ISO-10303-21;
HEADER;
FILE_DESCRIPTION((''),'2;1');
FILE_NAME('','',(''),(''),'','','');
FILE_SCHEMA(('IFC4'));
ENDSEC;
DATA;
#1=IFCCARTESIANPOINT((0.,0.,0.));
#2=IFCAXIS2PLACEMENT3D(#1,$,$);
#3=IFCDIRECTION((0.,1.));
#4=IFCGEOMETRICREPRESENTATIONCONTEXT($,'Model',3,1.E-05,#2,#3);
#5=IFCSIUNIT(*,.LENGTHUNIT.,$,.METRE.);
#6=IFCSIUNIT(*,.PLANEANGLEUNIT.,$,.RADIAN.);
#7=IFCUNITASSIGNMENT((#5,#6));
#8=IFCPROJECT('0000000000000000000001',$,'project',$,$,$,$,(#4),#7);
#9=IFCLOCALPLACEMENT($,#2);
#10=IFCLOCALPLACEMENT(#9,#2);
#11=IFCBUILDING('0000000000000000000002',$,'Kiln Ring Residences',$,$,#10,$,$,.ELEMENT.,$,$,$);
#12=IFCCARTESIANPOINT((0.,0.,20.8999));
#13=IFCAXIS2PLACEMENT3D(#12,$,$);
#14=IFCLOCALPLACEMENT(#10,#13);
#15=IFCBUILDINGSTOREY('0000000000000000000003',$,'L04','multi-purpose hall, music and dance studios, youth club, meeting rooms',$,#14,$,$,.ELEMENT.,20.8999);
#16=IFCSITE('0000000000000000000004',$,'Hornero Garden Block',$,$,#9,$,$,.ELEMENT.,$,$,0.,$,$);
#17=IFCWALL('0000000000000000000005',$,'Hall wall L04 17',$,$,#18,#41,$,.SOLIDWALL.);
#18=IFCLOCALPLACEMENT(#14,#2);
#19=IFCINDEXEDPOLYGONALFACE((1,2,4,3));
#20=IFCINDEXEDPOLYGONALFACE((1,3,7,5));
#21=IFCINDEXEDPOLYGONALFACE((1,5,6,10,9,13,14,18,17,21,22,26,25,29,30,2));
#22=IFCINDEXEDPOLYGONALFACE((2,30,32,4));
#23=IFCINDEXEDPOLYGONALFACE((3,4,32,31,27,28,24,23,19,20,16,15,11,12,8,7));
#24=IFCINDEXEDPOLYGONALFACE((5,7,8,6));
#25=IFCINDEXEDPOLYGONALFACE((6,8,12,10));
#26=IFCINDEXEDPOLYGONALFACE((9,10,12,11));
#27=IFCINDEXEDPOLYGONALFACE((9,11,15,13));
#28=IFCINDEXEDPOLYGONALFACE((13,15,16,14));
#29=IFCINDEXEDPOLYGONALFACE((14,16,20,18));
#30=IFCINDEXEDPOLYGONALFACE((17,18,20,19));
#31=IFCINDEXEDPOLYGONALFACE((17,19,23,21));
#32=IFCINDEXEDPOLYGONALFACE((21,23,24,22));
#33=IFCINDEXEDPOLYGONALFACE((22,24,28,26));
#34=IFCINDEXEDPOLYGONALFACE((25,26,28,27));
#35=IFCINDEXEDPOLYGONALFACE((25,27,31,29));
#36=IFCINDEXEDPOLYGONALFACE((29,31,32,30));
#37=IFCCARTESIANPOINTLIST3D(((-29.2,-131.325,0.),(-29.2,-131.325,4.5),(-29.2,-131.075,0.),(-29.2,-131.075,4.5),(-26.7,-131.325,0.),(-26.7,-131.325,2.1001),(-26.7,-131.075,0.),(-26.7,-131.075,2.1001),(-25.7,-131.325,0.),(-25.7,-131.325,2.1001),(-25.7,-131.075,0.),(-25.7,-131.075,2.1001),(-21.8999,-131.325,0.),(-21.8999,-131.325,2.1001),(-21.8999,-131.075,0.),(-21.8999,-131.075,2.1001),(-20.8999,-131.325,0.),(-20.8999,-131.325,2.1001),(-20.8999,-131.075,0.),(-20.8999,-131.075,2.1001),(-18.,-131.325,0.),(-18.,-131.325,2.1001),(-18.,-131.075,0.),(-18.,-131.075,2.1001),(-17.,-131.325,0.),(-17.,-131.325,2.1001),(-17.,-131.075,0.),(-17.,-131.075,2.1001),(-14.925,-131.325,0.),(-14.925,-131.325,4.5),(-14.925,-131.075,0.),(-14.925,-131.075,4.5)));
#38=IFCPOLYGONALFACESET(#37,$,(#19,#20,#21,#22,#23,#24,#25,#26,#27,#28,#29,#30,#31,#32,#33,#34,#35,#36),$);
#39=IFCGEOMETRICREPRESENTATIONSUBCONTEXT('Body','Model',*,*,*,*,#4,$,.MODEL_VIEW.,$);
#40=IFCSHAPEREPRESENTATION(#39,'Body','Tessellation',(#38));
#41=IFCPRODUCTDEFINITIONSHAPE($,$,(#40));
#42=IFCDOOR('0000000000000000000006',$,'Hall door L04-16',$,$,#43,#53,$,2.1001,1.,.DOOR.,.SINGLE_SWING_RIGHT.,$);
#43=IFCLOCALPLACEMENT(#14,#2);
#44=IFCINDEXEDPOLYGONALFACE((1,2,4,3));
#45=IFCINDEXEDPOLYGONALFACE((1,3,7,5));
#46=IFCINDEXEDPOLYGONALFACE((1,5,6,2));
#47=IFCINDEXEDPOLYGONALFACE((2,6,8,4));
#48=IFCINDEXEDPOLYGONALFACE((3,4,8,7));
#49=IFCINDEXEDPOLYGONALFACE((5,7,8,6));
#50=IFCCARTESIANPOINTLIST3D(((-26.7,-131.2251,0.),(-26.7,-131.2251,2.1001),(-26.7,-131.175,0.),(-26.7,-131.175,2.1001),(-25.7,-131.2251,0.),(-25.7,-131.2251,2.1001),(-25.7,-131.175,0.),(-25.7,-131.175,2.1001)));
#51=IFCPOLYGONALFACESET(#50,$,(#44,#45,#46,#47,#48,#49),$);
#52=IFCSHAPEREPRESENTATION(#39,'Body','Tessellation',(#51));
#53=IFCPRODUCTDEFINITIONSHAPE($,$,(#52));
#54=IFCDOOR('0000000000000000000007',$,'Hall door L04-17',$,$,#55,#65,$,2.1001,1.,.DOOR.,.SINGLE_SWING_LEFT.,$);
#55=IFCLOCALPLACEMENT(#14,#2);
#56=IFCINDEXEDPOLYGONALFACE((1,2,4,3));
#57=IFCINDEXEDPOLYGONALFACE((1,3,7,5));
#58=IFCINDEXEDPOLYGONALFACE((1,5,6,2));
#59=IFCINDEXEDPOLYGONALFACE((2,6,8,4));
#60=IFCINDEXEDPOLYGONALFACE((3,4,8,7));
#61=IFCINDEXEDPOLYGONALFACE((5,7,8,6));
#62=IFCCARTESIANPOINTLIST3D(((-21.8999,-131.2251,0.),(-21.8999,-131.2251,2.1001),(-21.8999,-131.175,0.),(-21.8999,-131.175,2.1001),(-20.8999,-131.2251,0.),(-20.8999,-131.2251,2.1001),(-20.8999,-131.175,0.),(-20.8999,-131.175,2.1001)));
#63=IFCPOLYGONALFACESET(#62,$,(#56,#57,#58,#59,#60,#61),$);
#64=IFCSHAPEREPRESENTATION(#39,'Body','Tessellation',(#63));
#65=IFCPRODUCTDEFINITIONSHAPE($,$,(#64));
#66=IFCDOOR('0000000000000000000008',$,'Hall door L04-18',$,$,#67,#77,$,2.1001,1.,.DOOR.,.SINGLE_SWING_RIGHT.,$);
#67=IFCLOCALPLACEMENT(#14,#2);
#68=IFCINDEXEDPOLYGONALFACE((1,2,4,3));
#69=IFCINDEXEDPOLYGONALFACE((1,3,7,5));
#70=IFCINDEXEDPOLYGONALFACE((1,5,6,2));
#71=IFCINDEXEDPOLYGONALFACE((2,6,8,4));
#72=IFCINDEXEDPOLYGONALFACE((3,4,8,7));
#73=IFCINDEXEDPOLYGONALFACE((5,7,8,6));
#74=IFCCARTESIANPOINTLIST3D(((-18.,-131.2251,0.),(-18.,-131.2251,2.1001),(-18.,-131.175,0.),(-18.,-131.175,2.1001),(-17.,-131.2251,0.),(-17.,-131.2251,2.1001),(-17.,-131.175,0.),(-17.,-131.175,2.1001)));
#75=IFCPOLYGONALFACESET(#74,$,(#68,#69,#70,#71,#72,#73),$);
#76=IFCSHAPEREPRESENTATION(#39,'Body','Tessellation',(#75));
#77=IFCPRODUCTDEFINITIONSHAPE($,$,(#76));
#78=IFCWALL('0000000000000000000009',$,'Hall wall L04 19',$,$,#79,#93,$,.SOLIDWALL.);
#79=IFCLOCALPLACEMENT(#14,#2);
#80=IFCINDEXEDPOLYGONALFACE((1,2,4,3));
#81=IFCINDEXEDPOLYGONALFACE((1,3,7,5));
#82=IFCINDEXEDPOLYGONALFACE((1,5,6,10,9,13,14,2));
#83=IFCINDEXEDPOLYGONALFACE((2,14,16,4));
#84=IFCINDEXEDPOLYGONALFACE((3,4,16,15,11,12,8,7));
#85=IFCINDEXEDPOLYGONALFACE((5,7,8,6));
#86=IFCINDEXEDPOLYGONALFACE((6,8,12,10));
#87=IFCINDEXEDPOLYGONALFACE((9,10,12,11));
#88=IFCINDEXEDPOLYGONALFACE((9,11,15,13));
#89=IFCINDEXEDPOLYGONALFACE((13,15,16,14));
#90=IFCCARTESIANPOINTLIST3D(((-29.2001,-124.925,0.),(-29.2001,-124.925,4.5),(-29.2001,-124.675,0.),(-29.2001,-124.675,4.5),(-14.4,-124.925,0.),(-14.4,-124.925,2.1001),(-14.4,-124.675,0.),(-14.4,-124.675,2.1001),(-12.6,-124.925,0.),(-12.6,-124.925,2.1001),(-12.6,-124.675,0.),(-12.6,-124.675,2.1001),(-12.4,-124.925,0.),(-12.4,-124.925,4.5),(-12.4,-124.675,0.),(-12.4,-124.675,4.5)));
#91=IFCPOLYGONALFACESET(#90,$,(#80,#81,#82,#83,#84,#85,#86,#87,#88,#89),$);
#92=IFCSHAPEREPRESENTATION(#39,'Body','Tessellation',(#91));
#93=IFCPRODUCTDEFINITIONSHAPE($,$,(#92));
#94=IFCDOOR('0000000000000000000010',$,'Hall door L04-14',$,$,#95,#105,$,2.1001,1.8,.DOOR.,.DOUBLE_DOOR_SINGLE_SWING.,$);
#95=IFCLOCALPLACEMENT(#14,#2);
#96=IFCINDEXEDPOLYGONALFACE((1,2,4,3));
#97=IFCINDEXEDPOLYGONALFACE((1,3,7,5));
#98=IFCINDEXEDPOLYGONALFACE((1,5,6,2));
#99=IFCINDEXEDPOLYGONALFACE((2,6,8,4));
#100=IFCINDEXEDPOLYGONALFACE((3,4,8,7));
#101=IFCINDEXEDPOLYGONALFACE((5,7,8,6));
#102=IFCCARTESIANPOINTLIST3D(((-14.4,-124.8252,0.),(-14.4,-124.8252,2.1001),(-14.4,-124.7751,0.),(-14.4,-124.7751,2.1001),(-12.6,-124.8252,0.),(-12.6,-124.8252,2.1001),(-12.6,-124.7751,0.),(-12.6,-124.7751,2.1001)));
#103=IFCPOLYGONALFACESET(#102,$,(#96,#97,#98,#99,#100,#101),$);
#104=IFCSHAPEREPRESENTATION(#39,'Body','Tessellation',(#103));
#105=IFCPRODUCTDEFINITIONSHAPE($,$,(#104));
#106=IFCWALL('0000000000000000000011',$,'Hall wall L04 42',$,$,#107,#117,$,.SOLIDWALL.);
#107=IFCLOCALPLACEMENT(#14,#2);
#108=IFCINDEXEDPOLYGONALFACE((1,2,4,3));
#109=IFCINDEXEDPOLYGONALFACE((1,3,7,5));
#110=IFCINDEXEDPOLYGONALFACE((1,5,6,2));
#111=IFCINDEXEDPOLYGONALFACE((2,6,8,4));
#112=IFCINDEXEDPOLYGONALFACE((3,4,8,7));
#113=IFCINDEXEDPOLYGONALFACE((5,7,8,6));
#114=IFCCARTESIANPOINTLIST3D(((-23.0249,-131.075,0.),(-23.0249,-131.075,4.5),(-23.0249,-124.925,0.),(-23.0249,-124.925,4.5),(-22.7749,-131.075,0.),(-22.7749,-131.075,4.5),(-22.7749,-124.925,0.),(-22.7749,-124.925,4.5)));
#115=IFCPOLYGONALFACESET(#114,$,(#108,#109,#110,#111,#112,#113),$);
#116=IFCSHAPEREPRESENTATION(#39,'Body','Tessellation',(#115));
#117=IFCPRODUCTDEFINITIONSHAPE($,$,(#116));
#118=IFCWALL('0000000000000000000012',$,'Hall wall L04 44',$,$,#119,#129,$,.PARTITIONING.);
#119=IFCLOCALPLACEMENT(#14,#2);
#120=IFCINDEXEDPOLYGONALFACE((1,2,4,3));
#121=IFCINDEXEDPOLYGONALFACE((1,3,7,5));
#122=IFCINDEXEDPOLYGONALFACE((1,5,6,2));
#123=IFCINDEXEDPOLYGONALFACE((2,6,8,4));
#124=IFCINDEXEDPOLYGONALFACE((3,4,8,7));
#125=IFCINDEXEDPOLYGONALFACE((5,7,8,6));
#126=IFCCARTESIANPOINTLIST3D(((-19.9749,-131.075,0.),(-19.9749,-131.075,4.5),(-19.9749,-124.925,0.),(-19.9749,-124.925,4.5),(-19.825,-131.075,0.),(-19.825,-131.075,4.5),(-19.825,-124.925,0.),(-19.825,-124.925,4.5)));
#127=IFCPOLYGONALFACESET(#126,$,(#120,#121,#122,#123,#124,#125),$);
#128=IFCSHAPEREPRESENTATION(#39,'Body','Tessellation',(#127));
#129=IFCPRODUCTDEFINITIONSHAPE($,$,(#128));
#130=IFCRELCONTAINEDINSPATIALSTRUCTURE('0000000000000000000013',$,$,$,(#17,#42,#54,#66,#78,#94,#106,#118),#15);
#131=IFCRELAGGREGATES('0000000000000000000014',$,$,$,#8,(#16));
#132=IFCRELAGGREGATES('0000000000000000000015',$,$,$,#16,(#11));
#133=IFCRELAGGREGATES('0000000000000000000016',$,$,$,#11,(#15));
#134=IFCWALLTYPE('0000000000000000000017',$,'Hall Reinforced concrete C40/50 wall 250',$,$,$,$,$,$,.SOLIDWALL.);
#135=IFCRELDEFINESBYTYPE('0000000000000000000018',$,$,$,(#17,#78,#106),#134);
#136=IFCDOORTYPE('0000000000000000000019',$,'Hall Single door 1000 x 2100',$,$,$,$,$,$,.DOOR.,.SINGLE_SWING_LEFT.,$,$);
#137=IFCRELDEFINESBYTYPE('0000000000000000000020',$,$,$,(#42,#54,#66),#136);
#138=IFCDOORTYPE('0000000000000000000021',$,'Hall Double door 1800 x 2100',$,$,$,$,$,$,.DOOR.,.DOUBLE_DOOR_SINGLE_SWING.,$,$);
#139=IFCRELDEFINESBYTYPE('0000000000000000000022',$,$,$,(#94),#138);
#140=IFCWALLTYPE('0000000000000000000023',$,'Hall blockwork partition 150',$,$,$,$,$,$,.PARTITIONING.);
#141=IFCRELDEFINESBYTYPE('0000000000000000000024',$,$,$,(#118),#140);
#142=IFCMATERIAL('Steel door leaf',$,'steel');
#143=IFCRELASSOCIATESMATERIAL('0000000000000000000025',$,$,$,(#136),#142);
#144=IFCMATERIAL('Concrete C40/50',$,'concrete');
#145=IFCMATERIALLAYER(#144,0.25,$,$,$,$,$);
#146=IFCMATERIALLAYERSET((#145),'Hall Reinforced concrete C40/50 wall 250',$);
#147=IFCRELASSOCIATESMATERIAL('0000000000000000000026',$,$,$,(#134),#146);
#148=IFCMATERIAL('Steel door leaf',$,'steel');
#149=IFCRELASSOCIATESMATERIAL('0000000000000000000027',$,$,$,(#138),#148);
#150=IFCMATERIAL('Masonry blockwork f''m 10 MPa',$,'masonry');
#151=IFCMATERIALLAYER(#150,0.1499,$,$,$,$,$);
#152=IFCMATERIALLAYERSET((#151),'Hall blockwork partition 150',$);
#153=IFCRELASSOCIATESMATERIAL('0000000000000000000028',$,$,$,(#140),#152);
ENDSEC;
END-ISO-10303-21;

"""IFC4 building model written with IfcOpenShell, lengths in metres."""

from ifc_helpers import new_model, si_unit, direction, frame, frame_2d, origin, place, context, subcontext, project, spatial, rectangle, extrude, material, layer, layer_set, type_object, element, fill, save


model = new_model("IFC4")

# Units and contexts
model_context = context("Model", 3, precision=1e-05, world=origin(), true_north=direction((0.0, 1.0)))
body_context = subcontext(model_context, "Body", "Model", "MODEL_VIEW")
ifc_project = project(units=[si_unit("LENGTHUNIT", "METRE"), si_unit("PLANEANGLEUNIT", "RADIAN")], contexts=[model_context])

# Site, building, storey
site_placement = place(None, origin())
site = spatial("IfcSite", under=ifc_project, at=site_placement, Name="Hornero Garden Block", CompositionType="ELEMENT", RefElevation=0.0)
building_placement = place(site_placement, origin())
building = spatial("IfcBuilding", under=site, at=building_placement, Name="Kiln Ring Residences", CompositionType="ELEMENT")
storey_placement = place(building_placement, frame((0.0, 0.0, 20.8999)))
storey = spatial("IfcBuildingStorey", under=building, at=storey_placement, Name="L04", Description="multi-purpose hall, music and dance studios, youth club, meeting rooms", CompositionType="ELEMENT", Elevation=20.8999)

# Shared definitions
ifc_material_1 = material(Name="Steel door leaf", Category="steel")
door_type_1 = type_object("IfcDoorType", Name="Hall Single door 1000 x 2100", OperationType="SINGLE_SWING_LEFT", PredefinedType="DOOR", material=ifc_material_1)

# Wall, openings, doors
ifc_material_2 = material(Name="Concrete C40/50", Category="concrete")
ifc_layer_1 = layer(ifc_material_2, 0.25)
ifc_layer_set_1 = layer_set([ifc_layer_1], Name="Hall Reinforced concrete C40/50 wall 250")
wall_type_1 = type_object("IfcWallType", Name="Hall Reinforced concrete C40/50 wall 250", PredefinedType="SOLIDWALL", material=ifc_layer_set_1)
wall_1_placement = place(storey_placement, frame((-29.2, -131.2, 0.0), z_axis=(0.0, 0.0, 1.0), x_axis=(1.0, 0.0, 0.0)))
wall_1 = element("IfcWall", 1, at=wall_1_placement, inside=storey, type_object=wall_type_1, Name="Hall wall L04 17", PredefinedType="SOLIDWALL", context=body_context, shape_type="SweptSolid", body=[
    extrude(rectangle(XDim=14.2749, YDim=0.25, at=frame_2d((7.1375, 0.0))), origin(), (0.0, 0.0, 1.0), 4.5),
])
opening_1_placement = place(wall_1_placement, frame((2.5, 0.0, 0.0)))
opening_1 = element("IfcOpeningElement", 2, at=opening_1_placement, cuts=wall_1, PredefinedType="OPENING", context=body_context, shape_type="SweptSolid", body=[
    extrude(rectangle(XDim=1.0, YDim=2.1001, at=frame_2d((0.5, 1.05))), frame((0.0, 0.135, 0.0), z_axis=(0.0, -1.0, 0.0), x_axis=(1.0, 0.0, 0.0)), (0.0, 0.0, 1.0), 0.27),
])
opening_2_placement = place(wall_1_placement, frame((7.3, 0.0, 0.0)))
opening_2 = element("IfcOpeningElement", 3, at=opening_2_placement, cuts=wall_1, PredefinedType="OPENING", context=body_context, shape_type="SweptSolid", body=[
    extrude(rectangle(XDim=1.0, YDim=2.1001, at=frame_2d((0.5, 1.05))), frame((0.0, 0.135, 0.0), z_axis=(0.0, -1.0, 0.0), x_axis=(1.0, 0.0, 0.0)), (0.0, 0.0, 1.0), 0.27),
])
opening_3_placement = place(wall_1_placement, frame((11.2, 0.0, 0.0)))
opening_3 = element("IfcOpeningElement", 4, at=opening_3_placement, cuts=wall_1, PredefinedType="OPENING", context=body_context, shape_type="SweptSolid", body=[
    extrude(rectangle(XDim=1.0, YDim=2.1001, at=frame_2d((0.5, 1.05))), frame((0.0, 0.135, 0.0), z_axis=(0.0, -1.0, 0.0), x_axis=(1.0, 0.0, 0.0)), (0.0, 0.0, 1.0), 0.27),
])
door_1_placement = place(opening_1_placement, origin())
door_1 = element("IfcDoor", 5, at=door_1_placement, inside=storey, type_object=door_type_1, Name="Hall door L04-16", OperationType="SINGLE_SWING_RIGHT", OverallHeight=2.1001, OverallWidth=1.0, PredefinedType="DOOR", context=body_context, shape_type="SweptSolid", body=[
    extrude(rectangle(XDim=1.0, YDim=2.1001, at=frame_2d((0.5, 1.05))), frame((0.0, 0.0249, 0.0), z_axis=(0.0, -1.0, 0.0), x_axis=(1.0, 0.0, 0.0)), (0.0, 0.0, 1.0), 0.05),
])
fill(opening_1, door_1)
door_2_placement = place(opening_2_placement, origin())
door_2 = element("IfcDoor", 6, at=door_2_placement, inside=storey, type_object=door_type_1, Name="Hall door L04-17", OperationType="SINGLE_SWING_LEFT", OverallHeight=2.1001, OverallWidth=1.0, PredefinedType="DOOR", context=body_context, shape_type="SweptSolid", body=[
    extrude(rectangle(XDim=1.0, YDim=2.1001, at=frame_2d((0.5, 1.05))), frame((0.0, 0.0249, 0.0), z_axis=(0.0, -1.0, 0.0), x_axis=(1.0, 0.0, 0.0)), (0.0, 0.0, 1.0), 0.05),
])
fill(opening_2, door_2)
door_3_placement = place(opening_3_placement, origin())
door_3 = element("IfcDoor", 7, at=door_3_placement, inside=storey, type_object=door_type_1, Name="Hall door L04-18", OperationType="SINGLE_SWING_RIGHT", OverallHeight=2.1001, OverallWidth=1.0, PredefinedType="DOOR", context=body_context, shape_type="SweptSolid", body=[
    extrude(rectangle(XDim=1.0, YDim=2.1001, at=frame_2d((0.5, 1.05))), frame((0.0, 0.0249, 0.0), z_axis=(0.0, -1.0, 0.0), x_axis=(1.0, 0.0, 0.0)), (0.0, 0.0, 1.0), 0.05),
])
fill(opening_3, door_3)

# Wall, opening, door
wall_2_placement = place(storey_placement, frame((-29.2, -124.8, 0.0), z_axis=(0.0, 0.0, 1.0), x_axis=(1.0, 0.0, 0.0)))
wall_2 = element("IfcWall", 8, at=wall_2_placement, inside=storey, type_object=wall_type_1, Name="Hall wall L04 19", PredefinedType="SOLIDWALL", context=body_context, shape_type="SweptSolid", body=[
    extrude(rectangle(XDim=16.8, YDim=0.25, at=frame_2d((8.3999, 0.0))), origin(), (0.0, 0.0, 1.0), 4.5),
])
opening_4_placement = place(wall_2_placement, frame((14.8, 0.0, 0.0)))
opening_4 = element("IfcOpeningElement", 9, at=opening_4_placement, cuts=wall_2, PredefinedType="OPENING", context=body_context, shape_type="SweptSolid", body=[
    extrude(rectangle(XDim=1.8, YDim=2.1001, at=frame_2d((0.8999, 1.05))), frame((0.0, 0.135, 0.0), z_axis=(0.0, -1.0, 0.0), x_axis=(1.0, 0.0, 0.0)), (0.0, 0.0, 1.0), 0.27),
])
ifc_material_3 = material(Name="Steel door leaf", Category="steel")
door_type_2 = type_object("IfcDoorType", Name="Hall Double door 1800 x 2100", OperationType="DOUBLE_DOOR_SINGLE_SWING", PredefinedType="DOOR", material=ifc_material_3)
door_4_placement = place(opening_4_placement, origin())
door_4 = element("IfcDoor", 10, at=door_4_placement, inside=storey, type_object=door_type_2, Name="Hall door L04-14", OperationType="DOUBLE_DOOR_SINGLE_SWING", OverallHeight=2.1001, OverallWidth=1.8, PredefinedType="DOOR", context=body_context, shape_type="SweptSolid", body=[
    extrude(rectangle(XDim=1.8, YDim=2.1001, at=frame_2d((0.8999, 1.05))), frame((0.0, 0.0249, 0.0), z_axis=(0.0, -1.0, 0.0), x_axis=(1.0, 0.0, 0.0)), (0.0, 0.0, 1.0), 0.05),
])
fill(opening_4, door_4)

# Walls
wall_3_placement = place(storey_placement, frame((-22.8999, -131.075, 0.0), z_axis=(0.0, 0.0, 1.0), x_axis=(0.0, 1.0, 0.0)))
element("IfcWall", 11, at=wall_3_placement, inside=storey, type_object=wall_type_1, Name="Hall wall L04 42", PredefinedType="SOLIDWALL", context=body_context, shape_type="SweptSolid", body=[
    extrude(rectangle(XDim=6.1499, YDim=0.25, at=frame_2d((3.075, 0.0))), origin(), (0.0, 0.0, 1.0), 4.5),
])
ifc_material_4 = material(Name="Masonry blockwork f'm 10 MPa", Category="masonry")
ifc_layer_2 = layer(ifc_material_4, 0.1499)
ifc_layer_set_2 = layer_set([ifc_layer_2], Name="Hall blockwork partition 150")
wall_type_2 = type_object("IfcWallType", Name="Hall blockwork partition 150", PredefinedType="PARTITIONING", material=ifc_layer_set_2)
wall_4_placement = place(storey_placement, frame((-19.8999, -131.075, 0.0), z_axis=(0.0, 0.0, 1.0), x_axis=(0.0, 1.0, 0.0)))
element("IfcWall", 12, at=wall_4_placement, inside=storey, type_object=wall_type_2, Name="Hall wall L04 44", PredefinedType="PARTITIONING", context=body_context, shape_type="SweptSolid", body=[
    extrude(rectangle(XDim=6.1499, YDim=0.1499, at=frame_2d((3.075, 0.0))), origin(), (0.0, 0.0, 1.0), 4.5),
])

save(model, "model.ifc")
